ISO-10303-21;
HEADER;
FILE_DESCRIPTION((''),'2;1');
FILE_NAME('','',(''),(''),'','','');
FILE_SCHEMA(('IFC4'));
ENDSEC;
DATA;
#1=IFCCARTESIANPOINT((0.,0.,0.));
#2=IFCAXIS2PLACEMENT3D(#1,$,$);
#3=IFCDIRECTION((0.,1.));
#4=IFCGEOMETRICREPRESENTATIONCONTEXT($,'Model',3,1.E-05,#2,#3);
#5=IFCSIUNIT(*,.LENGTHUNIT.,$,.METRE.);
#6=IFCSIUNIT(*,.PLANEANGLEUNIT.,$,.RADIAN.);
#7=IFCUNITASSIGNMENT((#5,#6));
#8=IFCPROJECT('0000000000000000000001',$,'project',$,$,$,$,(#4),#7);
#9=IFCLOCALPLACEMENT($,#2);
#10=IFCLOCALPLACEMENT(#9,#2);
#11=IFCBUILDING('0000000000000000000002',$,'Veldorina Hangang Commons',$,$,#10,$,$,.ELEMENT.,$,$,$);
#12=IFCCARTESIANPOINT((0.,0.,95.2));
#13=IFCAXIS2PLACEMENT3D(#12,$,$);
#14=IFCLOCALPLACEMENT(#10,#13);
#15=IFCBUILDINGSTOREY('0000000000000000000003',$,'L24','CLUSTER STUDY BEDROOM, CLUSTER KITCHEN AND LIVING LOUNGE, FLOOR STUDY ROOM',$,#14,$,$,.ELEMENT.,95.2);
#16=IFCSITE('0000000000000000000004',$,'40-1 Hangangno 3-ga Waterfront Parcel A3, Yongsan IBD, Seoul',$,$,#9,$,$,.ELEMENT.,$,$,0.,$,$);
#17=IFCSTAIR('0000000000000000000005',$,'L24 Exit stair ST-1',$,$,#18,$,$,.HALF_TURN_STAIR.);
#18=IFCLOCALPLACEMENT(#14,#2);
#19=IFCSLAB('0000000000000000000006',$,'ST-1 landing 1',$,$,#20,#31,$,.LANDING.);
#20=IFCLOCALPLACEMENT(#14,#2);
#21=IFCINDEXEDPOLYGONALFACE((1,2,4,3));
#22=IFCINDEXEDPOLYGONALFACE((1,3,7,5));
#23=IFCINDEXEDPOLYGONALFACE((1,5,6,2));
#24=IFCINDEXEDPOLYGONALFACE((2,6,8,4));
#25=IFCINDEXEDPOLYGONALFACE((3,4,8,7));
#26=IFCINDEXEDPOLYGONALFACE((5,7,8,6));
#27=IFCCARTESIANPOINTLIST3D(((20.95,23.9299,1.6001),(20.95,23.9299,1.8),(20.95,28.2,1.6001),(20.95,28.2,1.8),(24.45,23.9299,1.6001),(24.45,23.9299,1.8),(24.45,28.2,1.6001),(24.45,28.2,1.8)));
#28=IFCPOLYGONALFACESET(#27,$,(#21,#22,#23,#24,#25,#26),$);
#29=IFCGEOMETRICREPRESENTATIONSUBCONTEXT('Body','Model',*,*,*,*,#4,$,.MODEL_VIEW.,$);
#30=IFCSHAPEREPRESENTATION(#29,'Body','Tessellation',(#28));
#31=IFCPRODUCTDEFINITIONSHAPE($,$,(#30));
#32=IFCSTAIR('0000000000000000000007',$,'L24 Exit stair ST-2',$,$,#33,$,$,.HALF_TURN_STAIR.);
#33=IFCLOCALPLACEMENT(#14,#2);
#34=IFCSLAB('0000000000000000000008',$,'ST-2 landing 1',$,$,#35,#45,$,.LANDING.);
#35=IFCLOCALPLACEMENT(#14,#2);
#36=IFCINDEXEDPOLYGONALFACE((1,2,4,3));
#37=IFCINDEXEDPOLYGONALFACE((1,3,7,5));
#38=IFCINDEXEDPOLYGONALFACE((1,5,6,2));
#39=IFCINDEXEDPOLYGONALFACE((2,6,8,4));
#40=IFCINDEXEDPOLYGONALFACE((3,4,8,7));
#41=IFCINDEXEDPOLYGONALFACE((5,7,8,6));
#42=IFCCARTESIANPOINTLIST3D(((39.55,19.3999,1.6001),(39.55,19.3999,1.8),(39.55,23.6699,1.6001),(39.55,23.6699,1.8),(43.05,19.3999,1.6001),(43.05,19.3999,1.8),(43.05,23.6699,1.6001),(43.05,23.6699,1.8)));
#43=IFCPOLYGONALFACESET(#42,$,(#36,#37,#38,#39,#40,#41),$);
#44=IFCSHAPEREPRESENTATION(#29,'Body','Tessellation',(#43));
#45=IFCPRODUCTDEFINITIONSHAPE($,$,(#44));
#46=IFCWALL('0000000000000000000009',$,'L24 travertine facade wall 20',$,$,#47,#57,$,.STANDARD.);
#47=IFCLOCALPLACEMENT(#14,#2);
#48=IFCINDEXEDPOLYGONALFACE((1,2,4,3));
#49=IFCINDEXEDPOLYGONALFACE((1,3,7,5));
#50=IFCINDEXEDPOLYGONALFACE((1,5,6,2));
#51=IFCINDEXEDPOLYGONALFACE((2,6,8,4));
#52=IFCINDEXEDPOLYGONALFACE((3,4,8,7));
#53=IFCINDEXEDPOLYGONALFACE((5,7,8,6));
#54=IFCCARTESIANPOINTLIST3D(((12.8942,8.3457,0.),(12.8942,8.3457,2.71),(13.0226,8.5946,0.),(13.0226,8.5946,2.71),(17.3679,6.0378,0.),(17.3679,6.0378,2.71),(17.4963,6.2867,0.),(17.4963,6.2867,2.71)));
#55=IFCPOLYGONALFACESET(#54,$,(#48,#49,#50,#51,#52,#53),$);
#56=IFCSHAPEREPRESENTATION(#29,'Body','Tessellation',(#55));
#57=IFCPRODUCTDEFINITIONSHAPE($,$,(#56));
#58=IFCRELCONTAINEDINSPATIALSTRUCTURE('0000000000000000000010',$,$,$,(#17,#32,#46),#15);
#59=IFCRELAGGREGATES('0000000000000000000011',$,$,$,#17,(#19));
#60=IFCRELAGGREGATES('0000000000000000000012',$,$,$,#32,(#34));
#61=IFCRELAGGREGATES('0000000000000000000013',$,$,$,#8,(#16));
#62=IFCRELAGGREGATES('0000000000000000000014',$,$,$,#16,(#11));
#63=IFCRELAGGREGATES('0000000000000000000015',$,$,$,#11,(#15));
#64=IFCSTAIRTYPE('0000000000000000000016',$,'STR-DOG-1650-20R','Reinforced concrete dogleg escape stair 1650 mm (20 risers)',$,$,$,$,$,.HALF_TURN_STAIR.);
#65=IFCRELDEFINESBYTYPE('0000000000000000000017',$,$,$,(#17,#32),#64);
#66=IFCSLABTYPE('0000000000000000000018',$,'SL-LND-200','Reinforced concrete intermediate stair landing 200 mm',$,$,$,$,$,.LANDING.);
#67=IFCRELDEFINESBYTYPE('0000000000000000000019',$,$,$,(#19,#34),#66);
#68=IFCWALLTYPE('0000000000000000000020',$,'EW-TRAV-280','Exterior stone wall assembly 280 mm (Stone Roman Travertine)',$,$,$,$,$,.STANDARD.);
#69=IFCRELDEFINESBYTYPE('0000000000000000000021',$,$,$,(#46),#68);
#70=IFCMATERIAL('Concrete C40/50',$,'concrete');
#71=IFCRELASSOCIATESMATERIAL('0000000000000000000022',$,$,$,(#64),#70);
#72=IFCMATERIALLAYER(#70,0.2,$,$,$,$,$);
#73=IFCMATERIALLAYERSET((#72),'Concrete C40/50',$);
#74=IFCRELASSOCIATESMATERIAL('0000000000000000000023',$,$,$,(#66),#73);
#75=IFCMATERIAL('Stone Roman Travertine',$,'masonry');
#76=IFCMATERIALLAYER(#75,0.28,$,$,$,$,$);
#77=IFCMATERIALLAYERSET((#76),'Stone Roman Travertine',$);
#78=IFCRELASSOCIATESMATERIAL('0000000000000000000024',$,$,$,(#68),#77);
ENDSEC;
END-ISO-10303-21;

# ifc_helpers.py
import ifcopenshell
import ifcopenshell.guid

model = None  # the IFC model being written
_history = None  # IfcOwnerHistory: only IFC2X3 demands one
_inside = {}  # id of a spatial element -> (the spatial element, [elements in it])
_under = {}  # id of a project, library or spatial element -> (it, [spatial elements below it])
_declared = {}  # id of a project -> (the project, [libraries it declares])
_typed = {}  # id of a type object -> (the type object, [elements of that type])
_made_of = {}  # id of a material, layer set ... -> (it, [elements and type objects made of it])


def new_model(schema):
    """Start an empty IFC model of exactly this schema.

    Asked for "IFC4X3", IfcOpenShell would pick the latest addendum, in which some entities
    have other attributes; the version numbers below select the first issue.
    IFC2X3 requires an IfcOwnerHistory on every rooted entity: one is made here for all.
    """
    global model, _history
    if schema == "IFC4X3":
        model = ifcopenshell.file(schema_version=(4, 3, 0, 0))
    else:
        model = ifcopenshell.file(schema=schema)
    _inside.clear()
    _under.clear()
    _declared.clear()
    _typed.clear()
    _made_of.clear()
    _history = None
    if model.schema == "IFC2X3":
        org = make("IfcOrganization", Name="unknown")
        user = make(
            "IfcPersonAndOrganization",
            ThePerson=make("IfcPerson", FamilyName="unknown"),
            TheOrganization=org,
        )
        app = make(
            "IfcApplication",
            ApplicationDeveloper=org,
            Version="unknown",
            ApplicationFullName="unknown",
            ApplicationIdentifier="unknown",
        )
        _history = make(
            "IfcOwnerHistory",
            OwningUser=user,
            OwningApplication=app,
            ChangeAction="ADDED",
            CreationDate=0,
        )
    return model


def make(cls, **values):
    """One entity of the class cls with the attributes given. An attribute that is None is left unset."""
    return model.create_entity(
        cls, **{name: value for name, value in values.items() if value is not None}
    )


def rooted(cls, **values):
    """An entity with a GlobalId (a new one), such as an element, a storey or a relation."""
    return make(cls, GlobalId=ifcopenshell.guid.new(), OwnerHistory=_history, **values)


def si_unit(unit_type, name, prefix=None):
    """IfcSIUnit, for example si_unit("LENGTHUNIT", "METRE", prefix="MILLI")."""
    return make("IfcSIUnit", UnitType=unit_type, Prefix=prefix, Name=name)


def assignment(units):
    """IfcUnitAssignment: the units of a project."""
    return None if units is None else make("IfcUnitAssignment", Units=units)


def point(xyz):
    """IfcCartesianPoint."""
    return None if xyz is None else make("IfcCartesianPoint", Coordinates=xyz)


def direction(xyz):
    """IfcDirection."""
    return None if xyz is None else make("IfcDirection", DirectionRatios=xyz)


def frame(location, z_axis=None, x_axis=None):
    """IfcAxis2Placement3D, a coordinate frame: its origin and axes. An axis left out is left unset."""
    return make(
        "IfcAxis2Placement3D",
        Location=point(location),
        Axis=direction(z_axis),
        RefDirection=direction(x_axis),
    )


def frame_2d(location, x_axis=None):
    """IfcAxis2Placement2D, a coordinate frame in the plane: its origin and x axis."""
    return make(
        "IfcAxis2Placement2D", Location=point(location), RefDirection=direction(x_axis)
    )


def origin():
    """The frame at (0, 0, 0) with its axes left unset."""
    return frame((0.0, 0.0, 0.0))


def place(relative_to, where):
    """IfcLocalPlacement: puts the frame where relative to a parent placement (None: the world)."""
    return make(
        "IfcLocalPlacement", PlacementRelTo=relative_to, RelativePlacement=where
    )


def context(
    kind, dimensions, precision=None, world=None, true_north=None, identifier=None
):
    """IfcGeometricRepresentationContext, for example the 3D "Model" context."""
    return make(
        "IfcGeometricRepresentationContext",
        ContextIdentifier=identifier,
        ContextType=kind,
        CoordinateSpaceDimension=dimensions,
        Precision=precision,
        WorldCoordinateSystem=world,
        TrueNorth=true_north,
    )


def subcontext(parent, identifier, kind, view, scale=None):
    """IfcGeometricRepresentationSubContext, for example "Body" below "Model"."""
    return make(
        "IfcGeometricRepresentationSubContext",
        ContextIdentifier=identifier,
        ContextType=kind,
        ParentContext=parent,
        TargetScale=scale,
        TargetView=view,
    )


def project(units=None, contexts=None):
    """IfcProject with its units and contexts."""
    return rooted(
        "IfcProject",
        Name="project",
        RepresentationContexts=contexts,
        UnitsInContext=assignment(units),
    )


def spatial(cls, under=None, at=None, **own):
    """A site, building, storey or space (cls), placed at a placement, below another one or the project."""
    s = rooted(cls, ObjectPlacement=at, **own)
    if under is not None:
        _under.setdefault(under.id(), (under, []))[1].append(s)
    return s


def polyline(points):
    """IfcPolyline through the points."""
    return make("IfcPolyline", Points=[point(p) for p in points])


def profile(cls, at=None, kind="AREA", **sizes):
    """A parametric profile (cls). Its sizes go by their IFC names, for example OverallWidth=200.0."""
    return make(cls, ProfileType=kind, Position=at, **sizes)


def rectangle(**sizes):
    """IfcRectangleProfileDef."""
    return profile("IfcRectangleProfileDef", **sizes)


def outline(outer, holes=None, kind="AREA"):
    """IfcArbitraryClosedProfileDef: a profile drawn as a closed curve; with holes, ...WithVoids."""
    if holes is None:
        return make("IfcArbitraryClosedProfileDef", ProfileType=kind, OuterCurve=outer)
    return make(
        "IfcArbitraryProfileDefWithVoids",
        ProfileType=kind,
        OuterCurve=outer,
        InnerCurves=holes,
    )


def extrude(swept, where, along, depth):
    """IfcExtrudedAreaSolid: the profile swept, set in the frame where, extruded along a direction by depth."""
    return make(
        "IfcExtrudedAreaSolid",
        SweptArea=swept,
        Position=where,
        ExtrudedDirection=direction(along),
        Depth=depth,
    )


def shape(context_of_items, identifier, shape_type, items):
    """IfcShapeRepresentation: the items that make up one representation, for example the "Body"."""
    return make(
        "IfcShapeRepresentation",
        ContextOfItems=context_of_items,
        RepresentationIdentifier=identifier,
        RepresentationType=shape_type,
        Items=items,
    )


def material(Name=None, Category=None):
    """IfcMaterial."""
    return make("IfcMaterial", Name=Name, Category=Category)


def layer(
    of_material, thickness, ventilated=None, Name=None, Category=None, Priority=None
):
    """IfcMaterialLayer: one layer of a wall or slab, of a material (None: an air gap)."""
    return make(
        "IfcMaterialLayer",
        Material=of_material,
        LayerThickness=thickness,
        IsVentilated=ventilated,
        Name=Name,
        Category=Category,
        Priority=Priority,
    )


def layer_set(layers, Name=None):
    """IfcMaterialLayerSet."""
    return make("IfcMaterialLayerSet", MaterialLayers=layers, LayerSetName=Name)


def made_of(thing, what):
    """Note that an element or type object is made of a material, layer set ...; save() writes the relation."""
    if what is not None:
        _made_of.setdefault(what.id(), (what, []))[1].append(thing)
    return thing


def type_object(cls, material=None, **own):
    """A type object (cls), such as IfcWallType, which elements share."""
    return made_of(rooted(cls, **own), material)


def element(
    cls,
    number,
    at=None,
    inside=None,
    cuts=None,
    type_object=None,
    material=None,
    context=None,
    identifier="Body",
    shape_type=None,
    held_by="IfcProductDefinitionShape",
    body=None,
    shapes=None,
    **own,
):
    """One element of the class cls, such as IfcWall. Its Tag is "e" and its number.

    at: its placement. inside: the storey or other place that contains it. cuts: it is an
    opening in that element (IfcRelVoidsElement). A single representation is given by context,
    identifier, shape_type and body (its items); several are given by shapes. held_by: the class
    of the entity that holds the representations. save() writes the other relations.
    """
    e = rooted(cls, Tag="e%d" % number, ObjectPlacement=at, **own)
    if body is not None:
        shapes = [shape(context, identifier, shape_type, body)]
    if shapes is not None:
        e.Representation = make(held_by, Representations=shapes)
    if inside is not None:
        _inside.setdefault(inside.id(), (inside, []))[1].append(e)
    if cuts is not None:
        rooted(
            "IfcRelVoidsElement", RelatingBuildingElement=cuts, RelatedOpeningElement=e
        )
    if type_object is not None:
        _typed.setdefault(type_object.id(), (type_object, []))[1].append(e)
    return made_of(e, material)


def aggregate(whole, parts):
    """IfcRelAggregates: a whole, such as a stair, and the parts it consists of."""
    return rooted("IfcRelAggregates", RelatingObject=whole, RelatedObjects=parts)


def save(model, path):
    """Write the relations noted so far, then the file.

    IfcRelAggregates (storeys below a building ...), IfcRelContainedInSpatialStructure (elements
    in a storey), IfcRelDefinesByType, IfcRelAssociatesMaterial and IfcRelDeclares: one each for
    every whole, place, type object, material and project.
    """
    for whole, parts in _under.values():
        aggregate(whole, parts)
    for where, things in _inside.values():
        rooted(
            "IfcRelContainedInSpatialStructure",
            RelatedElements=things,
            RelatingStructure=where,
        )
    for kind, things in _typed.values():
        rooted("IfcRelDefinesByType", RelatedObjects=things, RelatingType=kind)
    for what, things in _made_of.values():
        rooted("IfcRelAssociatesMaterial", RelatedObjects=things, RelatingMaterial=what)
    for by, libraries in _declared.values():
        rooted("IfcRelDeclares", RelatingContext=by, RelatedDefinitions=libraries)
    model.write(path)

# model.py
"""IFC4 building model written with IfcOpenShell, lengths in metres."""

from ifc_helpers import new_model, si_unit, direction, frame, frame_2d, origin, place, context, subcontext, project, spatial, polyline, rectangle, outline, extrude, material, layer, layer_set, type_object, element, aggregate, save


model = new_model("IFC4")

# Units and contexts
model_context = context("Model", 3, precision=1e-05, world=origin(), true_north=direction((0.0, 1.0)))
body_context = subcontext(model_context, "Body", "Model", "MODEL_VIEW")
ifc_project = project(units=[si_unit("LENGTHUNIT", "METRE"), si_unit("PLANEANGLEUNIT", "RADIAN")], contexts=[model_context])

# Site, building, storey
site_placement = place(None, origin())
site = spatial("IfcSite", under=ifc_project, at=site_placement, Name="40-1 Hangangno 3-ga Waterfront Parcel A3, Yongsan IBD, Seoul", CompositionType="ELEMENT", RefElevation=0.0)
building_placement = place(site_placement, origin())
building = spatial("IfcBuilding", under=site, at=building_placement, Name="Veldorina Hangang Commons", CompositionType="ELEMENT")
storey_placement = place(building_placement, frame((0.0, 0.0, 95.2)))
storey = spatial("IfcBuildingStorey", under=building, at=storey_placement, Name="L24", Description="CLUSTER STUDY BEDROOM, CLUSTER KITCHEN AND LIVING LOUNGE, FLOOR STUDY ROOM", CompositionType="ELEMENT", Elevation=95.2)

# Shared definitions
ifc_material_1 = material(Name="Concrete C40/50", Category="concrete")

# Stairs, slabs
stair_type = type_object("IfcStairType", Name="STR-DOG-1650-20R", Description="Reinforced concrete dogleg escape stair 1650 mm (20 risers)", PredefinedType="HALF_TURN_STAIR", material=ifc_material_1)
stair_1_placement = place(storey_placement, origin())
stair_1 = element("IfcStair", 1, at=stair_1_placement, inside=storey, type_object=stair_type, Name="L24 Exit stair ST-1", PredefinedType="HALF_TURN_STAIR")
ifc_layer_1 = layer(ifc_material_1, 0.2)
ifc_layer_set_1 = layer_set([ifc_layer_1], Name="Concrete C40/50")
slab_type_1 = type_object("IfcSlabType", Name="SL-LND-200", Description="Reinforced concrete intermediate stair landing 200 mm", PredefinedType="LANDING", material=ifc_layer_set_1)
slab_1_placement = place(storey_placement, frame((0.0, 0.0, 1.6001)))
slab_1 = element("IfcSlab", 2, at=slab_1_placement, type_object=slab_type_1, Name="ST-1 landing 1", PredefinedType="LANDING", context=body_context, shape_type="SweptSolid", body=[
    extrude(outline(polyline([(24.45, 23.9299), (24.45, 28.2), (20.95, 28.2), (20.95, 23.9299), (24.45, 23.9299)])), origin(), (0.0, 0.0, 1.0), 0.2),
])
aggregate(stair_1, [slab_1])
stair_2_placement = place(storey_placement, origin())
stair_2 = element("IfcStair", 3, at=stair_2_placement, inside=storey, type_object=stair_type, Name="L24 Exit stair ST-2", PredefinedType="HALF_TURN_STAIR")
slab_2_placement = place(storey_placement, frame((0.0, 0.0, 1.6001)))
slab_2 = element("IfcSlab", 4, at=slab_2_placement, type_object=slab_type_1, Name="ST-2 landing 1", PredefinedType="LANDING", context=body_context, shape_type="SweptSolid", body=[
    extrude(outline(polyline([(39.55, 23.6699), (39.55, 19.3999), (43.05, 19.3999), (43.05, 23.6699), (39.55, 23.6699)])), origin(), (0.0, 0.0, 1.0), 0.2),
])
aggregate(stair_2, [slab_2])

# Wall
ifc_material_2 = material(Name="Stone Roman Travertine", Category="masonry")
ifc_layer_2 = layer(ifc_material_2, 0.28)
ifc_layer_set_2 = layer_set([ifc_layer_2], Name="Stone Roman Travertine")
wall_type = type_object("IfcWallType", Name="EW-TRAV-280", Description="Exterior stone wall assembly 280 mm (Stone Roman Travertine)", PredefinedType="STANDARD", material=ifc_layer_set_2)
wall_placement = place(storey_placement, frame((12.9583, 8.4702, 0.0), z_axis=(0.0, 0.0, 1.0), x_axis=(0.888711, -0.458469, 0.0)))
element("IfcWall", 5, at=wall_placement, inside=storey, type_object=wall_type, Name="L24 travertine facade wall 20", PredefinedType="STANDARD", context=body_context, shape_type="SweptSolid", body=[
    extrude(rectangle(XDim=5.0339, YDim=0.28, at=frame_2d((2.5171, 0.0))), origin(), (0.0, 0.0, 1.0), 2.71),
])

save(model, "model.ifc")
